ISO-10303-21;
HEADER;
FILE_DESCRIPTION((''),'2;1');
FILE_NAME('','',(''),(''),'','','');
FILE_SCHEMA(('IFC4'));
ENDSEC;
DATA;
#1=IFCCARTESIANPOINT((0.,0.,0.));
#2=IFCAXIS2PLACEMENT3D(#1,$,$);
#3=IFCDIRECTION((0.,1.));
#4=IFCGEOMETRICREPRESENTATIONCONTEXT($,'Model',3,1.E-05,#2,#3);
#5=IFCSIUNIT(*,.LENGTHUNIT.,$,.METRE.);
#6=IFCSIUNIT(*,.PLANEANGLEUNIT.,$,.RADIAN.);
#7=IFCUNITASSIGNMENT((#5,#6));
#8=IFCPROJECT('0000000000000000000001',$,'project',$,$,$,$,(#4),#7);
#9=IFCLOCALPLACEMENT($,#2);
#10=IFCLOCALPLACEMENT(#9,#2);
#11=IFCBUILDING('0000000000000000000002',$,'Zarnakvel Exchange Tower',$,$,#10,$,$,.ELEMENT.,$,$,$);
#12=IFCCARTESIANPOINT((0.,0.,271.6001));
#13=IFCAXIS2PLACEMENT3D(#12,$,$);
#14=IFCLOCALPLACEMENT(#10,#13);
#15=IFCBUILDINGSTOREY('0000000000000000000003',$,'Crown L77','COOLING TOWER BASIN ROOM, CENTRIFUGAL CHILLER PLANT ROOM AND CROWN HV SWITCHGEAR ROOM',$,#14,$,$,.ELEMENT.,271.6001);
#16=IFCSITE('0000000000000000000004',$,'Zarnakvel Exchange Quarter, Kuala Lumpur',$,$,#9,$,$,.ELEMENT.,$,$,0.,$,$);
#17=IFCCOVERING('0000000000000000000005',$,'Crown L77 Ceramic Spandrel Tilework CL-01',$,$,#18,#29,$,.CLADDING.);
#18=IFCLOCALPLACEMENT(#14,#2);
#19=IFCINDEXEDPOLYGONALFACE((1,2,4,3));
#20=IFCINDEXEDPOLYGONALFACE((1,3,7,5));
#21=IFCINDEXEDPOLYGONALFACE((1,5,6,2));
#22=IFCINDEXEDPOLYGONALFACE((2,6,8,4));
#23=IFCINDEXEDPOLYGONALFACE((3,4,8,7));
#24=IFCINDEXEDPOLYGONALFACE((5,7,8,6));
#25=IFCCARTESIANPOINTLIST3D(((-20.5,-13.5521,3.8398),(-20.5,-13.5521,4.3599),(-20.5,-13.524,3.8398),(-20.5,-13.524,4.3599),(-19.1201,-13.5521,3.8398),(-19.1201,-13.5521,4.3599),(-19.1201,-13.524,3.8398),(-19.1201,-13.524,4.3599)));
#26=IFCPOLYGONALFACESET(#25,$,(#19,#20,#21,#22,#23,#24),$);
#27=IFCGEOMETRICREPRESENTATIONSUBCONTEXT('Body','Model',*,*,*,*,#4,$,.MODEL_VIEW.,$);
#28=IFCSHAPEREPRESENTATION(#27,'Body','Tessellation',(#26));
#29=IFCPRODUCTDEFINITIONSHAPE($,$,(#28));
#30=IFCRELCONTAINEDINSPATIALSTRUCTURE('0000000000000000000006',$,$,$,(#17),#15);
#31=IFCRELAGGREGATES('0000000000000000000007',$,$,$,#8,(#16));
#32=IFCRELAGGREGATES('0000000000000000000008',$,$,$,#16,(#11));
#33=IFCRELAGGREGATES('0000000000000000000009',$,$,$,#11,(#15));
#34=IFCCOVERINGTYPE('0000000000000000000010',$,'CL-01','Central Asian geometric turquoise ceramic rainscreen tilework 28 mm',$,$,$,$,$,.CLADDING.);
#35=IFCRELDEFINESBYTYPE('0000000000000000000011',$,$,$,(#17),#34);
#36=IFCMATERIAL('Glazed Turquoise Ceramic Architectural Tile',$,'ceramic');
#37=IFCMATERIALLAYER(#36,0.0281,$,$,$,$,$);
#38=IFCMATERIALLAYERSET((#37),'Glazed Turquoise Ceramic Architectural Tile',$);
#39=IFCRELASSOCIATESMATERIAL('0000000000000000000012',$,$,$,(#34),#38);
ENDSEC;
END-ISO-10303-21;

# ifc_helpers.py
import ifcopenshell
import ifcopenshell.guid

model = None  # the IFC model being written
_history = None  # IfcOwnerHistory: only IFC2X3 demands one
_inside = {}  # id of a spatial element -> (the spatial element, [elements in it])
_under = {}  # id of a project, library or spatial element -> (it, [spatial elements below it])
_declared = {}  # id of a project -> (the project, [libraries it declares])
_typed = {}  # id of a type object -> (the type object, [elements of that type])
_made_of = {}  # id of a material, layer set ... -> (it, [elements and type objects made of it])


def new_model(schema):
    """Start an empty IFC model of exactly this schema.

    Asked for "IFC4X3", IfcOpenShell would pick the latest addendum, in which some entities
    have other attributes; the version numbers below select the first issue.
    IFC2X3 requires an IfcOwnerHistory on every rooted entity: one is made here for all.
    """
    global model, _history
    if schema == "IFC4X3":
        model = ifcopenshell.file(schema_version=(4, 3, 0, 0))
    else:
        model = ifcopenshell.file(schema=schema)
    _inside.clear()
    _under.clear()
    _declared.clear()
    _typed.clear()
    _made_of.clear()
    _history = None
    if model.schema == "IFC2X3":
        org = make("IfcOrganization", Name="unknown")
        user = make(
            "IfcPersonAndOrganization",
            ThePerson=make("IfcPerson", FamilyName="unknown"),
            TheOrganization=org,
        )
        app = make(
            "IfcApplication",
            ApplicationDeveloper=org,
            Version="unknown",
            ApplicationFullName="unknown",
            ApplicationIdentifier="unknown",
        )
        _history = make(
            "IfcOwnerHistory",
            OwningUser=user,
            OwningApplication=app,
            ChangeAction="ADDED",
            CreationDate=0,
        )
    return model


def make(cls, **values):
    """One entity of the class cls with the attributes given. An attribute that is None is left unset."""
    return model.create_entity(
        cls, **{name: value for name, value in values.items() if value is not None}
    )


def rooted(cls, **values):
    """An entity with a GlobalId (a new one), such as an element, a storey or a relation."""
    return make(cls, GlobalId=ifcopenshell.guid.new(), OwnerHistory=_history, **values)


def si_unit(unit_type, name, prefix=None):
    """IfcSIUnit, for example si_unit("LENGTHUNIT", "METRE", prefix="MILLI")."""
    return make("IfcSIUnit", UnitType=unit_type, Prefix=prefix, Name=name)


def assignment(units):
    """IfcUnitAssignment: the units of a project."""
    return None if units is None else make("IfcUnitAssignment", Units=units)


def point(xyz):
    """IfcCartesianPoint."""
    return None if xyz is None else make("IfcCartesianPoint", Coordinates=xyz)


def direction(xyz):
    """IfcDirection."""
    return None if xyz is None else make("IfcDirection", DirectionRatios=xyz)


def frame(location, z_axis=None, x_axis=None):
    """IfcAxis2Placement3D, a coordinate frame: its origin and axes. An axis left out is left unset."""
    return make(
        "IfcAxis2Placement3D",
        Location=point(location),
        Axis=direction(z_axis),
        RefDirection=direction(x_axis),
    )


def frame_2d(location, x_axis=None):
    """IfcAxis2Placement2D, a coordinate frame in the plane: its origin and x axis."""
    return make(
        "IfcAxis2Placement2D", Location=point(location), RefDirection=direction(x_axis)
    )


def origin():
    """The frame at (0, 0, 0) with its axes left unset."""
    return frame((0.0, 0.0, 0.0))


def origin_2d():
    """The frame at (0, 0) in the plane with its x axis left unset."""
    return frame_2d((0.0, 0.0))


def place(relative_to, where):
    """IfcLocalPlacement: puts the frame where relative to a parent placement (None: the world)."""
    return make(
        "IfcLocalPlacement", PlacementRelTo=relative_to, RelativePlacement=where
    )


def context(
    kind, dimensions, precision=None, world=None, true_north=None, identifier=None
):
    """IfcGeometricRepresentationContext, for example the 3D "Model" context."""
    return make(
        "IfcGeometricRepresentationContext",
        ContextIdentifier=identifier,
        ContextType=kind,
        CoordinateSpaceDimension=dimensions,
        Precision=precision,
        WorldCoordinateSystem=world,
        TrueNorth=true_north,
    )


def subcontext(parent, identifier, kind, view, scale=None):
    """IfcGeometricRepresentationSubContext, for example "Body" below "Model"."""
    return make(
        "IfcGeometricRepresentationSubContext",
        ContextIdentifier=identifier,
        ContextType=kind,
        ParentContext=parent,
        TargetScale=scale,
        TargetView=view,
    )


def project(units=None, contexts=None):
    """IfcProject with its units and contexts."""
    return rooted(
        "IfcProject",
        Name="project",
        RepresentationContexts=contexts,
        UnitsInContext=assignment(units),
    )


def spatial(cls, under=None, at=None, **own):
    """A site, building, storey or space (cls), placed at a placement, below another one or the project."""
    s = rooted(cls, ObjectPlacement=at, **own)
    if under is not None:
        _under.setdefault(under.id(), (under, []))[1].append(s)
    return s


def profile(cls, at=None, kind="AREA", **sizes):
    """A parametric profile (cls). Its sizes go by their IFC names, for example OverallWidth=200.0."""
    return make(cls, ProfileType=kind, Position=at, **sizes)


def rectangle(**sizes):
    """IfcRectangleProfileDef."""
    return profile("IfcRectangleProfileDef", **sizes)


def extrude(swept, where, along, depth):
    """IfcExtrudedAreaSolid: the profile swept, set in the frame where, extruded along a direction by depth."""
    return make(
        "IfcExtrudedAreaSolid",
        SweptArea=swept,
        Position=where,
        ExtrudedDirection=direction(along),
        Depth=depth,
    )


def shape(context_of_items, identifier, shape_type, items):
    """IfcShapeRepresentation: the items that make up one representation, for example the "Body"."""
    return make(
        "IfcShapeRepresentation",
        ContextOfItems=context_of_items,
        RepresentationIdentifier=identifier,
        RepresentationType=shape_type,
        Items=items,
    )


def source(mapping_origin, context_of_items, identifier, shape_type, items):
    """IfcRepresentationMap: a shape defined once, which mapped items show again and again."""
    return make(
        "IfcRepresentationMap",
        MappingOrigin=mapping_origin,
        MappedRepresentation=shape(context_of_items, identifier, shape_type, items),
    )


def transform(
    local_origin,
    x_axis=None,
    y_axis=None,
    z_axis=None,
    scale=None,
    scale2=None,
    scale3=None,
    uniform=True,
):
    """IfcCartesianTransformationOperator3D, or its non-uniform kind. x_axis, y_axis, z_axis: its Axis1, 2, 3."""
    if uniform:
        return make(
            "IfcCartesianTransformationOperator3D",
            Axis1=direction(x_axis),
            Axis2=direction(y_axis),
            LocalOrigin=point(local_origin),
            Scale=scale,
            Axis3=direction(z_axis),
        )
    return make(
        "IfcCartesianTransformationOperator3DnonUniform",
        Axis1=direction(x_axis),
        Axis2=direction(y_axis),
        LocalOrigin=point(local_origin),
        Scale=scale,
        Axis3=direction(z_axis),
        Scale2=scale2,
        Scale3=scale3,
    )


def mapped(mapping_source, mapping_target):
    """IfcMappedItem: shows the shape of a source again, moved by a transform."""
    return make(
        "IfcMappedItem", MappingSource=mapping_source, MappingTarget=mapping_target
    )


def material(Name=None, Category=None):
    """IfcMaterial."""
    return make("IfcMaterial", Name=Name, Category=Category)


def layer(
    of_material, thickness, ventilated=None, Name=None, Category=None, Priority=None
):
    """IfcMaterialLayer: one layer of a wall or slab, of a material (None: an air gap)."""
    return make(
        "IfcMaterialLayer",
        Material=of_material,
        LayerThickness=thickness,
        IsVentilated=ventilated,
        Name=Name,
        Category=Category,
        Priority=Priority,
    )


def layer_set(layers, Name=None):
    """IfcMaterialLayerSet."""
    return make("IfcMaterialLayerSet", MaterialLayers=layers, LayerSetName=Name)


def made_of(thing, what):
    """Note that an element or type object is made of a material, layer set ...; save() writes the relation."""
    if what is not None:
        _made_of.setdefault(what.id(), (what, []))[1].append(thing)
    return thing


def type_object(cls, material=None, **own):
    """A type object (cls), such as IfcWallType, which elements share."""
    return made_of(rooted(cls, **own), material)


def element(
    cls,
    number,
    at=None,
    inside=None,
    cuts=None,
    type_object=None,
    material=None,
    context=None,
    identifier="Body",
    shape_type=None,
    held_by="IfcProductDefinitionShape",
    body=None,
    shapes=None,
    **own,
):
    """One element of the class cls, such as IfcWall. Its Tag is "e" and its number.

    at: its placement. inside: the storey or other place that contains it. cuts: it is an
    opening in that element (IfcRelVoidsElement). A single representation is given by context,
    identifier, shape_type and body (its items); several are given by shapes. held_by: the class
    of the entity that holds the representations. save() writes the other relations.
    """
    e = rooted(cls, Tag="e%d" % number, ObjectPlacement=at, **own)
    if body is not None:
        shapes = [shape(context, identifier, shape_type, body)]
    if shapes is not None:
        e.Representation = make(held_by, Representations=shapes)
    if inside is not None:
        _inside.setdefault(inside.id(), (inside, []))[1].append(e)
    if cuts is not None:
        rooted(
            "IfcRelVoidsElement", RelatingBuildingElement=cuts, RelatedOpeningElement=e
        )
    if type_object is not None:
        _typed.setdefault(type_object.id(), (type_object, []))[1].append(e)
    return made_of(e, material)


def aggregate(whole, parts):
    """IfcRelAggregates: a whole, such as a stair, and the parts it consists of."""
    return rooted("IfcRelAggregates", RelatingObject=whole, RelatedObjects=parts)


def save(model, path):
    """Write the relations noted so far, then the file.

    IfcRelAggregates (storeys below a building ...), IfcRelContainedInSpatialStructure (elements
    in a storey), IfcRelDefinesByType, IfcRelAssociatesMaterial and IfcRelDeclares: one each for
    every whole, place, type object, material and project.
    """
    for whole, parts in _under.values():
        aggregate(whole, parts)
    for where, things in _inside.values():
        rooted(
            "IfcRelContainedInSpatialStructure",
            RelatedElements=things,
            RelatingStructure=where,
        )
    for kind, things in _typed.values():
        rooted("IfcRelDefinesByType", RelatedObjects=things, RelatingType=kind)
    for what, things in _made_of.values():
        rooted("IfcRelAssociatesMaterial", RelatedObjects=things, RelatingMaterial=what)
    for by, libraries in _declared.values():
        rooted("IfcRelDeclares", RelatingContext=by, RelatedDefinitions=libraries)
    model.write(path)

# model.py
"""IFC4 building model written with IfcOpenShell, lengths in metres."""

from ifc_helpers import new_model, si_unit, direction, frame, origin, origin_2d, place, context, subcontext, project, spatial, rectangle, extrude, source, transform, mapped, material, layer, layer_set, type_object, element, save


model = new_model("IFC4")

# Units and contexts
model_context = context("Model", 3, precision=1e-05, world=origin(), true_north=direction((0.0, 1.0)))
body_context = subcontext(model_context, "Body", "Model", "MODEL_VIEW")
ifc_project = project(units=[si_unit("LENGTHUNIT", "METRE"), si_unit("PLANEANGLEUNIT", "RADIAN")], contexts=[model_context])

# Site, building, storey
site_placement = place(None, origin())
site = spatial("IfcSite", under=ifc_project, at=site_placement, Name="Zarnakvel Exchange Quarter, Kuala Lumpur", CompositionType="ELEMENT", RefElevation=0.0)
building_placement = place(site_placement, origin())
building = spatial("IfcBuilding", under=site, at=building_placement, Name="Zarnakvel Exchange Tower", CompositionType="ELEMENT")
storey_placement = place(building_placement, frame((0.0, 0.0, 271.6001)))
storey = spatial("IfcBuildingStorey", under=building, at=storey_placement, Name="Crown L77", Description="COOLING TOWER BASIN ROOM, CENTRIFUGAL CHILLER PLANT ROOM AND CROWN HV SWITCHGEAR ROOM", CompositionType="ELEMENT", Elevation=271.6001)

# Covering
ifc_material_1 = material(Name="Glazed Turquoise Ceramic Architectural Tile", Category="ceramic")
ifc_layer_1 = layer(ifc_material_1, 0.0281)
ifc_layer_set_1 = layer_set([ifc_layer_1], Name="Glazed Turquoise Ceramic Architectural Tile")
covering_type = type_object("IfcCoveringType", Name="CL-01", Description="Central Asian geometric turquoise ceramic rainscreen tilework 28 mm", PredefinedType="CLADDING", material=ifc_layer_set_1)
shared_shape_1 = source(origin(), body_context, "Body", "SweptSolid", [
    extrude(rectangle(XDim=1.3799, YDim=0.0281, at=origin_2d()), origin(), (0.0, 0.0, 1.0), 0.52),
])
covering_placement = place(storey_placement, frame((-19.8101, -13.5381, 3.8398), z_axis=(0.0, 0.0, 1.0), x_axis=(1.0, 0.0, 0.0)))
element("IfcCovering", 1, at=covering_placement, inside=storey, type_object=covering_type, Name="Crown L77 Ceramic Spandrel Tilework CL-01", PredefinedType="CLADDING", context=body_context, shape_type="MappedRepresentation", body=[
    mapped(shared_shape_1, transform((0.0, 0.0, 0.0), x_axis=(1.0, 0.0, 0.0), y_axis=(0.0, 1.0, 0.0), z_axis=(0.0, 0.0, 1.0), scale=1.0)),
])

save(model, "model.ifc")
